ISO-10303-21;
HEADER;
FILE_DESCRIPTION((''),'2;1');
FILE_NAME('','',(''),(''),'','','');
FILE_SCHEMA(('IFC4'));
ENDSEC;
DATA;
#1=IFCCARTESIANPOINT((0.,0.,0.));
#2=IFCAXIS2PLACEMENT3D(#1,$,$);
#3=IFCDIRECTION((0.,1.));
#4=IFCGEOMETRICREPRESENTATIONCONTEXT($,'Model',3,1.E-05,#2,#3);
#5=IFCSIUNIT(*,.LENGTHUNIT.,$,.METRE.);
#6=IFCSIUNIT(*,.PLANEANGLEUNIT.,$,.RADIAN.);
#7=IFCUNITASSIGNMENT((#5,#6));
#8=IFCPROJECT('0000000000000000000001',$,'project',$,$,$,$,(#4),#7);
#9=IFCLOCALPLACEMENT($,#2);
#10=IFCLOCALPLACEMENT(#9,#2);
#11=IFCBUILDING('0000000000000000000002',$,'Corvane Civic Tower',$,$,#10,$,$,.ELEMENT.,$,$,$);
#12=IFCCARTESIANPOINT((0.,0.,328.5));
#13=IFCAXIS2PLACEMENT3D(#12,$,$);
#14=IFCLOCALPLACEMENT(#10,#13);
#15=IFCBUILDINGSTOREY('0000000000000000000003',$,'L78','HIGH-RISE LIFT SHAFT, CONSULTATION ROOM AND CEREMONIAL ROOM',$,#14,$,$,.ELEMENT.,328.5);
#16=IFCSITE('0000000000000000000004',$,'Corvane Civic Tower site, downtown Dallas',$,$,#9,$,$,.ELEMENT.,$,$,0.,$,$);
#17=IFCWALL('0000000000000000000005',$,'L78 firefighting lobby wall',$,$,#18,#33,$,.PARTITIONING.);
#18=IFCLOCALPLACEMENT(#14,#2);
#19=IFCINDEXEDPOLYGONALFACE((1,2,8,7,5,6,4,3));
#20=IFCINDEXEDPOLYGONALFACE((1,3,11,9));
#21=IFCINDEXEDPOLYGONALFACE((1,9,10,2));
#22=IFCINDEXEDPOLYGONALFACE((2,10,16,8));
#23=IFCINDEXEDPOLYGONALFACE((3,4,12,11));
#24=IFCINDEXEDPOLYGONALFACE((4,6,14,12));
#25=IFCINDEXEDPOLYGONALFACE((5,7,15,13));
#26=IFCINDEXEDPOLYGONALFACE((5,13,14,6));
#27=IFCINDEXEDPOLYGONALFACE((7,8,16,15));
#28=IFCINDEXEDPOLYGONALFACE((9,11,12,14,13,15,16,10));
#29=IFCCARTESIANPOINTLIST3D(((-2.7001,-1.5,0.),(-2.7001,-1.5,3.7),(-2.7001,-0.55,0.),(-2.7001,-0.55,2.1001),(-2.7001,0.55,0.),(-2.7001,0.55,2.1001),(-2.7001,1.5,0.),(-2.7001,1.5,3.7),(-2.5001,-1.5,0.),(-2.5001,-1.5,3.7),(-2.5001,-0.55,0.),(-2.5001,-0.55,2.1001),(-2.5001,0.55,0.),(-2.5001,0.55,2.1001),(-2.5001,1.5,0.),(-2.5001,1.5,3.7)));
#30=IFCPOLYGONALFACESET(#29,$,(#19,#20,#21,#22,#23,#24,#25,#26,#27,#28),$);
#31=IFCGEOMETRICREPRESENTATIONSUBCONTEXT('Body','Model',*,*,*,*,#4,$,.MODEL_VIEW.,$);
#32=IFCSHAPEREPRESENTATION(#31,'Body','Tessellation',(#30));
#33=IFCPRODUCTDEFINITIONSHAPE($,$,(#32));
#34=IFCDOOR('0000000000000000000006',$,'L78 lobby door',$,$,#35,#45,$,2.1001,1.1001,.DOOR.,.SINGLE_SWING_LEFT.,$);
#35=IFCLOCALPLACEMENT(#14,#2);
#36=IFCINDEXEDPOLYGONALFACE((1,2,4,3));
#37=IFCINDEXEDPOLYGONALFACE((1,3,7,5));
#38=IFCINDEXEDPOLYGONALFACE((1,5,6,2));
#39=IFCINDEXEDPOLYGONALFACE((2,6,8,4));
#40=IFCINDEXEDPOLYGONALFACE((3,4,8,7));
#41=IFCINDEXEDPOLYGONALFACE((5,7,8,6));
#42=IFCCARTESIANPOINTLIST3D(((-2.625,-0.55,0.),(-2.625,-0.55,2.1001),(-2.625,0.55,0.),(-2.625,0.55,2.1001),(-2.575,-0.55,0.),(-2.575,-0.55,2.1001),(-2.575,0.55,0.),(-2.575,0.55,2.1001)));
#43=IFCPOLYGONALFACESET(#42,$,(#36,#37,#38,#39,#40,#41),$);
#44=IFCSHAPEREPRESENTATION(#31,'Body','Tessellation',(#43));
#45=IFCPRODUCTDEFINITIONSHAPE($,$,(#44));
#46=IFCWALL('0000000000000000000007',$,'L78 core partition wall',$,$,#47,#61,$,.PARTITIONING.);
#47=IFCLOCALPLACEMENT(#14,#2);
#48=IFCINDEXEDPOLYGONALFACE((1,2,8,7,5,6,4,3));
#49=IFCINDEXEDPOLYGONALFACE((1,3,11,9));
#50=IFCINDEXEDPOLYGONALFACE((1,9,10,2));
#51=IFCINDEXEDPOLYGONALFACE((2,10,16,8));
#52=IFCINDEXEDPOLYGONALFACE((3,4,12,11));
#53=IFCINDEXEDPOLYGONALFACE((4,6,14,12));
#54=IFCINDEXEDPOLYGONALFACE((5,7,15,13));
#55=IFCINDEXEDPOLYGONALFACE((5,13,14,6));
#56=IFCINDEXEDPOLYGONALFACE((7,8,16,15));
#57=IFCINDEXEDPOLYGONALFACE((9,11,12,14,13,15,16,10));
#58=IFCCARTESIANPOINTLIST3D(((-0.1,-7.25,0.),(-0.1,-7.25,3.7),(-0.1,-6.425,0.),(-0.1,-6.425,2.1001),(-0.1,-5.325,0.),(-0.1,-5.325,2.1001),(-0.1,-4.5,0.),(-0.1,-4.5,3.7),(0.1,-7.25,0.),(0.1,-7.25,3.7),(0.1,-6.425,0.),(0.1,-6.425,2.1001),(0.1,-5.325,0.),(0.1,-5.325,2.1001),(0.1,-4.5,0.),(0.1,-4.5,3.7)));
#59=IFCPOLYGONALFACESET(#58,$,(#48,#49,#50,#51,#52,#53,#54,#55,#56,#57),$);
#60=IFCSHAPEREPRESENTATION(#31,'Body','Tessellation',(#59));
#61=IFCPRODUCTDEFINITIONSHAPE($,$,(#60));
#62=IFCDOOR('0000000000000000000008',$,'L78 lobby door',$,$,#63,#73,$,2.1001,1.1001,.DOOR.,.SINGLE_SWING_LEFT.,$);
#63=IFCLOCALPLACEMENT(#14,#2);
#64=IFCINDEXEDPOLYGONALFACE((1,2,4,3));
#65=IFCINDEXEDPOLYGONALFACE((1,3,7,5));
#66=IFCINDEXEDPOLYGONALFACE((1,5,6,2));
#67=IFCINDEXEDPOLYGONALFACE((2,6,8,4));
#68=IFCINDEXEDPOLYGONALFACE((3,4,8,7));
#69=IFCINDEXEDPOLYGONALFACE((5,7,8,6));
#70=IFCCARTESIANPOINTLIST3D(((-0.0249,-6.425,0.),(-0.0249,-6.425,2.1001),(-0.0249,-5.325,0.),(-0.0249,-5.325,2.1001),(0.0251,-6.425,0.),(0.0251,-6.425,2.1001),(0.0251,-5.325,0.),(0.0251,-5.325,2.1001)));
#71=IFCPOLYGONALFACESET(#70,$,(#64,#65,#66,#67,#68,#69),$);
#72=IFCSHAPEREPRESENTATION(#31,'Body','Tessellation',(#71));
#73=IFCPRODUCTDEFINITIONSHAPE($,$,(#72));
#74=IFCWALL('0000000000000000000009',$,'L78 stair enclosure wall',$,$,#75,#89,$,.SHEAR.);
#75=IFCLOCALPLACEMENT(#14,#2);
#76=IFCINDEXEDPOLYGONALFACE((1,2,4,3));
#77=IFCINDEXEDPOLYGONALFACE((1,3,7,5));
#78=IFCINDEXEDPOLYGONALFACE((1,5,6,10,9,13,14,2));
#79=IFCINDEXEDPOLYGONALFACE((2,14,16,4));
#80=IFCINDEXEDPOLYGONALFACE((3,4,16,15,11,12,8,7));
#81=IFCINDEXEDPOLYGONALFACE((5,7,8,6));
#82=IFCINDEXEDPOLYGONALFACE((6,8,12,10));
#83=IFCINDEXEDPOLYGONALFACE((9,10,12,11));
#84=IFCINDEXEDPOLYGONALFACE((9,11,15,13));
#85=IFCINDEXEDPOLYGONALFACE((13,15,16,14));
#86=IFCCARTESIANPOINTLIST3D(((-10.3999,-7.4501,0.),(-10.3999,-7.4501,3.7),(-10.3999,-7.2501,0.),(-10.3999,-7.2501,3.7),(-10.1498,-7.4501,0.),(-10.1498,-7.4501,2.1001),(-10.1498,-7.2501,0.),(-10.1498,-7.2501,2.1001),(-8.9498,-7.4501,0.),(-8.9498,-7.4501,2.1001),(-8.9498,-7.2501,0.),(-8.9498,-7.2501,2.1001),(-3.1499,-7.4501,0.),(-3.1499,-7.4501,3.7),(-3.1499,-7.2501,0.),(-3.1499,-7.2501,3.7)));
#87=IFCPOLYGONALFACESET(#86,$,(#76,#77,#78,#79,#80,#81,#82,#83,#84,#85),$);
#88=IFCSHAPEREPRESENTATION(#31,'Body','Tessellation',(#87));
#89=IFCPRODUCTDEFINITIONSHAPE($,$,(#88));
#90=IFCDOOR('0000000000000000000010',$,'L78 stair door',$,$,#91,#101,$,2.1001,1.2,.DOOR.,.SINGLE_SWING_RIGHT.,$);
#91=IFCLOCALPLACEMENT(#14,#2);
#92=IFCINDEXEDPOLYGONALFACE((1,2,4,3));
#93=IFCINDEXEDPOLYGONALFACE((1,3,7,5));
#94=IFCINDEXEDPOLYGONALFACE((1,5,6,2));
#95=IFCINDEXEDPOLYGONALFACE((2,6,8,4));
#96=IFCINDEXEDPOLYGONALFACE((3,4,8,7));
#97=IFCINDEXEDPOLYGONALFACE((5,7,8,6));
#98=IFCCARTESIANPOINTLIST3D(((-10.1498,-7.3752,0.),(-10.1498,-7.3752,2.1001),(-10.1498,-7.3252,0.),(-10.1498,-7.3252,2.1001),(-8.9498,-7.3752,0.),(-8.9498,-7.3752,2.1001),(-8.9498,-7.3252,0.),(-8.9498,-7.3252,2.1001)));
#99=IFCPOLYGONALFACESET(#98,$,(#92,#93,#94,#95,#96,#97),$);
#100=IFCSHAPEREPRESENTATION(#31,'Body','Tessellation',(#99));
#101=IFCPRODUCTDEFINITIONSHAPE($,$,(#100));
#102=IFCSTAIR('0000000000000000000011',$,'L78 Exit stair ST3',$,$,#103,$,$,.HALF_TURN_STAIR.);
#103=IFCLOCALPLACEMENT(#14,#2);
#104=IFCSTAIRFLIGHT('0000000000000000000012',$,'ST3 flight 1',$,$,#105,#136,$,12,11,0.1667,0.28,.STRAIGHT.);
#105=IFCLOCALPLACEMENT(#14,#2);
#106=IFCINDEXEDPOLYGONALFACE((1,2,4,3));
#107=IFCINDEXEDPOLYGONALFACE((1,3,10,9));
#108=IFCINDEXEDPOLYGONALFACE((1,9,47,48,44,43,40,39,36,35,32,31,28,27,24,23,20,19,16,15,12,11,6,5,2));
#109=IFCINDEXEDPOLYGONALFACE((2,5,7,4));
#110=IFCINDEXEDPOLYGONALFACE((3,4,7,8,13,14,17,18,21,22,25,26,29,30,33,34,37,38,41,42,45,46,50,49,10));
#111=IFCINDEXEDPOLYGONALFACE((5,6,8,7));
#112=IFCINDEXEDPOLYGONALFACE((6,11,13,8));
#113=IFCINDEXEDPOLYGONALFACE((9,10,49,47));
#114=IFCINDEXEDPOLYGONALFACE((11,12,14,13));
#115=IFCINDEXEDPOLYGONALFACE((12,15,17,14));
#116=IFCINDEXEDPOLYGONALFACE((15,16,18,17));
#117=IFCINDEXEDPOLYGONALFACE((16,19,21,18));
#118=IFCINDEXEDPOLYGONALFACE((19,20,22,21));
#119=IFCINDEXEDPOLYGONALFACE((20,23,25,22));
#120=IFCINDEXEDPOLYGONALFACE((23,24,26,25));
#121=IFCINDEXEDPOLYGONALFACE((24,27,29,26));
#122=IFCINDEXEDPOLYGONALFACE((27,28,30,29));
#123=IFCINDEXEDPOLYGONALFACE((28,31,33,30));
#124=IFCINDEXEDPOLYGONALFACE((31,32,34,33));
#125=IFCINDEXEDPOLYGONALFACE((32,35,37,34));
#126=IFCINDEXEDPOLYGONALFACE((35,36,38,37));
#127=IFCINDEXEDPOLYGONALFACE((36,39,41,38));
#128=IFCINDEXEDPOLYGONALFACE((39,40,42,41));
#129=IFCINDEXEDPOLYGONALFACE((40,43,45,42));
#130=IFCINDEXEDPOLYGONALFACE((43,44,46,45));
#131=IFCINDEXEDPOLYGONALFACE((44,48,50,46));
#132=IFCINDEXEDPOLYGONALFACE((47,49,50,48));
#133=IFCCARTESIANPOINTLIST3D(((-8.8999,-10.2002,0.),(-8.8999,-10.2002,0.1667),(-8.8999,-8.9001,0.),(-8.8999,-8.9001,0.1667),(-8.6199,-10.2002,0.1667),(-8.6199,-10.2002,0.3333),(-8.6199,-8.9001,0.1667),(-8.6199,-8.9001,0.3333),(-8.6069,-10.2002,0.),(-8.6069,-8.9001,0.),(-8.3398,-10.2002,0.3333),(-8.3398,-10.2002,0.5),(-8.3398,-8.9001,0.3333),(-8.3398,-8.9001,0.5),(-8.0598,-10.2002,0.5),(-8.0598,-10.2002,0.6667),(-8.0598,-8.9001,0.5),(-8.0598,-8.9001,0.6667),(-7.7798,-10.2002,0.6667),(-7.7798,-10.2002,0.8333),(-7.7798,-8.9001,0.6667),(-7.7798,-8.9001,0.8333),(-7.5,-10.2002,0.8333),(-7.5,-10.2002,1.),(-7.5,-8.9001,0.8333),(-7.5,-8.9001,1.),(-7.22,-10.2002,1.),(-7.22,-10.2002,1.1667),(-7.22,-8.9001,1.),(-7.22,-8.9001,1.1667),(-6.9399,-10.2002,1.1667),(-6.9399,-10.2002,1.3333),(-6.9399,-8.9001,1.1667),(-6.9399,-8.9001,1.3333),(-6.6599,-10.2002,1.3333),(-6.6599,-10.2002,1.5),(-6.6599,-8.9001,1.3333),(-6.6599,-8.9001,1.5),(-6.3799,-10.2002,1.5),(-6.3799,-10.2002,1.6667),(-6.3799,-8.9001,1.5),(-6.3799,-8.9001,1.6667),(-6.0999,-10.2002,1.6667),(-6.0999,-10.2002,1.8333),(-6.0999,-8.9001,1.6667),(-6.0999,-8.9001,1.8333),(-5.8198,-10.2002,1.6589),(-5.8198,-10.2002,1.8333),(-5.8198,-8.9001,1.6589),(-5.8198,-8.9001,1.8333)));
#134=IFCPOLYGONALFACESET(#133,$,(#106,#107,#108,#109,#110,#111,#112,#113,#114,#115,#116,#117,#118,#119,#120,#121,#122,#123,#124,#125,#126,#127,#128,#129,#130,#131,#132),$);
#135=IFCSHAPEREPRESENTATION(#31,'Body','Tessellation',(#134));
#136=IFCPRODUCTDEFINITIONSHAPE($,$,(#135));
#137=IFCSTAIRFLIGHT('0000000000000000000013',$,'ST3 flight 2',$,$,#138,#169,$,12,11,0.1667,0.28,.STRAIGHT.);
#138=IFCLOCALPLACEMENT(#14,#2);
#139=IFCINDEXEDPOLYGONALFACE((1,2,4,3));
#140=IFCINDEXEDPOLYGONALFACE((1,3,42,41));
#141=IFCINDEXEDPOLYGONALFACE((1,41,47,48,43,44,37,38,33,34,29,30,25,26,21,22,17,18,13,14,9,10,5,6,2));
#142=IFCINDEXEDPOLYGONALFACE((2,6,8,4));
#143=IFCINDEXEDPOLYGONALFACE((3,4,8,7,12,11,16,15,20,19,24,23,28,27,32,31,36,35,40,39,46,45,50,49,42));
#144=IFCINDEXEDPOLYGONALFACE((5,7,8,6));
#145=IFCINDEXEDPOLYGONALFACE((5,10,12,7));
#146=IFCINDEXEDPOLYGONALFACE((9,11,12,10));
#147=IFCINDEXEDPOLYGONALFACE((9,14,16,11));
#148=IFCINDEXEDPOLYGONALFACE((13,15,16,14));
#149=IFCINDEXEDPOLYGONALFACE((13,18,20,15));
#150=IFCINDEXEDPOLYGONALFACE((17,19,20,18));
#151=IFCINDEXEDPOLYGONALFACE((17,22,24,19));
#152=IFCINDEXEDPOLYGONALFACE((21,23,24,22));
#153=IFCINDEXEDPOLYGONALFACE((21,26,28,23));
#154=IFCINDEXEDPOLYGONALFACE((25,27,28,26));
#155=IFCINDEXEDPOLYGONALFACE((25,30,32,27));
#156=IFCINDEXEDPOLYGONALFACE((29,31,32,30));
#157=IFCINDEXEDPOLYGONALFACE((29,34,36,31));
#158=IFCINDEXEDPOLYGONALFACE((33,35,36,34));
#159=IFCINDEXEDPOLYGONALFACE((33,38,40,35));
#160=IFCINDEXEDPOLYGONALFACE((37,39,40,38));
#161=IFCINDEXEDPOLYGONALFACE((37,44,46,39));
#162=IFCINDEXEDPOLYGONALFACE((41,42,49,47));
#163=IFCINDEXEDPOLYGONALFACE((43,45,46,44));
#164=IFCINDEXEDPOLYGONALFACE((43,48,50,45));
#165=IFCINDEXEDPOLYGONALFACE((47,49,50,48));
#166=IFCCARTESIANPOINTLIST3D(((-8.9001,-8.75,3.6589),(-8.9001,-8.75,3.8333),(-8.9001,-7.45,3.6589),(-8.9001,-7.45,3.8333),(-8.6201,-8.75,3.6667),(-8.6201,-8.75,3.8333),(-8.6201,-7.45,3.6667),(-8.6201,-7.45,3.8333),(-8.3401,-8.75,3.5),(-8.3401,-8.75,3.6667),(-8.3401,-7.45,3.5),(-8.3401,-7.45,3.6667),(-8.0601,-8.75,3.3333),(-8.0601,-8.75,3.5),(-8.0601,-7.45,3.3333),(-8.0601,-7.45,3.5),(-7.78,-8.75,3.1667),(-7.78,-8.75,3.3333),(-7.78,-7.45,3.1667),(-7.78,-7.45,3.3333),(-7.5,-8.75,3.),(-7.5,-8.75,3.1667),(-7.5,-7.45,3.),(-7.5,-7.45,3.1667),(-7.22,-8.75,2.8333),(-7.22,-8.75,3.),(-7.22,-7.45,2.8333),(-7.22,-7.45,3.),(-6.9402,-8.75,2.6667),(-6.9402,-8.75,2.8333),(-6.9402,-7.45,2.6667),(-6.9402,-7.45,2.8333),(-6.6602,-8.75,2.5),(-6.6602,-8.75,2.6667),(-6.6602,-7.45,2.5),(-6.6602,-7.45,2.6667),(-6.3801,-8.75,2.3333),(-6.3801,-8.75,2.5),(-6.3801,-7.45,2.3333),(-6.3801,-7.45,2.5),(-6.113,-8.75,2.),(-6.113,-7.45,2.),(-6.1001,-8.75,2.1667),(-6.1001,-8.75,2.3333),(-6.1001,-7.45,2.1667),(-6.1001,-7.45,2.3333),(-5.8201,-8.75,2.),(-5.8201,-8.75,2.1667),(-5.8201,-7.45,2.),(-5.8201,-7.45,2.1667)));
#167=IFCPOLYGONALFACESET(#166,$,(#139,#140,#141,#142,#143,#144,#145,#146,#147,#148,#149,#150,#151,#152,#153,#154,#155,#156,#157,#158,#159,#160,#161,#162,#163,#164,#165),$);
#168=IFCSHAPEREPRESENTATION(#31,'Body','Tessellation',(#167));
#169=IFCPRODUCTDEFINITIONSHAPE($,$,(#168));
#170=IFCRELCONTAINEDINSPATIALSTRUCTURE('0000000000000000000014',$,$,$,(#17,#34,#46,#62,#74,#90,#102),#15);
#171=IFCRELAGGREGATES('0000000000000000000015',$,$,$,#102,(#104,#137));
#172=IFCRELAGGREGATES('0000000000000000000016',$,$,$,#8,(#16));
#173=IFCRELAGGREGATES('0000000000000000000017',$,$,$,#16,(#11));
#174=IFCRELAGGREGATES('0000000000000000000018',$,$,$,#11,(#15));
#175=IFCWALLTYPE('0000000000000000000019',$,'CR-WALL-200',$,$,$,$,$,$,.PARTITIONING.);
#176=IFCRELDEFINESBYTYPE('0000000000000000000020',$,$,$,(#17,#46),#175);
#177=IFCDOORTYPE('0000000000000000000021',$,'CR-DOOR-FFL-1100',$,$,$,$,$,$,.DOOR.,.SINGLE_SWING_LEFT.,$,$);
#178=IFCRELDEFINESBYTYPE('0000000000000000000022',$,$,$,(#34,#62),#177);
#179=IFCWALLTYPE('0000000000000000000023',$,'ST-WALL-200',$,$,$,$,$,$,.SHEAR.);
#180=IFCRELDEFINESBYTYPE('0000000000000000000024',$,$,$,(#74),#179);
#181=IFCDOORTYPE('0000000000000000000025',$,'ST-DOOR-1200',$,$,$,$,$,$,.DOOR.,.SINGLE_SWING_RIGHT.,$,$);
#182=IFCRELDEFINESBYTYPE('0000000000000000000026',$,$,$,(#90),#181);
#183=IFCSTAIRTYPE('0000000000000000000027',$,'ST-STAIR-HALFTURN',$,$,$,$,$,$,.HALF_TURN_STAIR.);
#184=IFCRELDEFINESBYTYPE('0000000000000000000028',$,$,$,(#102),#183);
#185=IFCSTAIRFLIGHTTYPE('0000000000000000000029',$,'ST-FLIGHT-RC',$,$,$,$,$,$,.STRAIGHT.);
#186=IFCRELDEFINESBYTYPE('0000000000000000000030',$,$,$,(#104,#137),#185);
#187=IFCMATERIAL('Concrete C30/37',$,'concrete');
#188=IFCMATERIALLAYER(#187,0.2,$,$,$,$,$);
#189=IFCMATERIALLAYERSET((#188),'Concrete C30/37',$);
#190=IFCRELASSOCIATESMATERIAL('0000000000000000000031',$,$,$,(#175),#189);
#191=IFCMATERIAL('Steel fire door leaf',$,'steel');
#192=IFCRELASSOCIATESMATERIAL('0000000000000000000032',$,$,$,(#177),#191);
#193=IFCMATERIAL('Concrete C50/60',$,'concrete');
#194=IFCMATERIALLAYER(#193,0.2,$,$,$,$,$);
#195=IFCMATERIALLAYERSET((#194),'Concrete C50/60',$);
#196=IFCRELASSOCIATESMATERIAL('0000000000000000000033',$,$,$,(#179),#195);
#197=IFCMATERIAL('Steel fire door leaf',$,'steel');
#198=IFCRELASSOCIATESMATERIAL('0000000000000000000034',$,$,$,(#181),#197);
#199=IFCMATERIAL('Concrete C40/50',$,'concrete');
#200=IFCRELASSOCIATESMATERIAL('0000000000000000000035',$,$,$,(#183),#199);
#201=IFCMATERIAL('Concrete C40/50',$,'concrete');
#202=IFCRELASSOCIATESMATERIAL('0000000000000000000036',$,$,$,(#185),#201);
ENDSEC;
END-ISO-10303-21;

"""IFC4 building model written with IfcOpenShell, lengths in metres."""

from ifc_helpers import new_model, si_unit, direction, frame, frame_2d, origin, place, context, subcontext, project, spatial, polyline, rectangle, outline, extrude, material, layer, layer_set, type_object, element, fill, aggregate, save


model = new_model("IFC4")

# Units and contexts
model_context = context("Model", 3, precision=1e-05, world=origin(), true_north=direction((0.0, 1.0)))
body_context = subcontext(model_context, "Body", "Model", "MODEL_VIEW")
ifc_project = project(units=[si_unit("LENGTHUNIT", "METRE"), si_unit("PLANEANGLEUNIT", "RADIAN")], contexts=[model_context])

# Site, building, storey
site_placement = place(None, origin())
site = spatial("IfcSite", under=ifc_project, at=site_placement, Name="Corvane Civic Tower site, downtown Dallas", CompositionType="ELEMENT", RefElevation=0.0)
building_placement = place(site_placement, origin())
building = spatial("IfcBuilding", under=site, at=building_placement, Name="Corvane Civic Tower", CompositionType="ELEMENT")
storey_placement = place(building_placement, frame((0.0, 0.0, 328.5)))
storey = spatial("IfcBuildingStorey", under=building, at=storey_placement, Name="L78", Description="HIGH-RISE LIFT SHAFT, CONSULTATION ROOM AND CEREMONIAL ROOM", CompositionType="ELEMENT", Elevation=328.5)

# Shared definitions
ifc_material_1 = material(Name="Concrete C30/37", Category="concrete")
ifc_layer_1 = layer(ifc_material_1, 0.2)
ifc_layer_set_1 = layer_set([ifc_layer_1], Name="Concrete C30/37")
wall_type_1 = type_object("IfcWallType", Name="CR-WALL-200", PredefinedType="PARTITIONING", material=ifc_layer_set_1)

# Walls, openings, doors
wall_1_placement = place(storey_placement, frame((-2.6001, -1.5, 0.0), z_axis=(0.0, 0.0, 1.0), x_axis=(0.0, 1.0, 0.0)))
wall_1 = element("IfcWall", 1, at=wall_1_placement, inside=storey, type_object=wall_type_1, Name="L78 firefighting lobby wall", PredefinedType="PARTITIONING", context=body_context, shape_type="SweptSolid", body=[
    extrude(rectangle(XDim=3.0, YDim=0.2, at=frame_2d((1.5, 0.0))), origin(), (0.0, 0.0, 1.0), 3.7),
])
opening_1_placement = place(wall_1_placement, frame((0.95, 0.0, 0.0)))
opening_1 = element("IfcOpeningElement", 2, at=opening_1_placement, cuts=wall_1, PredefinedType="OPENING", context=body_context, shape_type="SweptSolid", body=[
    extrude(rectangle(XDim=1.1001, YDim=2.1001, at=frame_2d((0.55, 1.05))), frame((0.0, 0.1099, 0.0), z_axis=(0.0, -1.0, 0.0), x_axis=(1.0, 0.0, 0.0)), (0.0, 0.0, 1.0), 0.22),
])
ifc_material_2 = material(Name="Steel fire door leaf", Category="steel")
door_type_1 = type_object("IfcDoorType", Name="CR-DOOR-FFL-1100", OperationType="SINGLE_SWING_LEFT", PredefinedType="DOOR", material=ifc_material_2)
door_1_placement = place(opening_1_placement, origin())
door_1 = element("IfcDoor", 3, at=door_1_placement, inside=storey, type_object=door_type_1, Name="L78 lobby door", OperationType="SINGLE_SWING_LEFT", OverallHeight=2.1001, OverallWidth=1.1001, PredefinedType="DOOR", context=body_context, shape_type="SweptSolid", body=[
    extrude(rectangle(XDim=1.1001, YDim=2.1001, at=frame_2d((0.55, 1.05))), frame((0.0, 0.0249, 0.0), z_axis=(0.0, -1.0, 0.0), x_axis=(1.0, 0.0, 0.0)), (0.0, 0.0, 1.0), 0.05),
])
fill(opening_1, door_1)
wall_2_placement = place(storey_placement, frame((0.0, -7.25, 0.0), z_axis=(0.0, 0.0, 1.0), x_axis=(0.0, 1.0, 0.0)))
wall_2 = element("IfcWall", 4, at=wall_2_placement, inside=storey, type_object=wall_type_1, Name="L78 core partition wall", PredefinedType="PARTITIONING", context=body_context, shape_type="SweptSolid", body=[
    extrude(rectangle(XDim=2.75, YDim=0.2, at=frame_2d((1.375, 0.0))), origin(), (0.0, 0.0, 1.0), 3.7),
])
opening_2_placement = place(wall_2_placement, frame((0.825, 0.0, 0.0)))
opening_2 = element("IfcOpeningElement", 5, at=opening_2_placement, cuts=wall_2, PredefinedType="OPENING", context=body_context, shape_type="SweptSolid", body=[
    extrude(rectangle(XDim=1.1001, YDim=2.1001, at=frame_2d((0.55, 1.05))), frame((0.0, 0.1099, 0.0), z_axis=(0.0, -1.0, 0.0), x_axis=(1.0, 0.0, 0.0)), (0.0, 0.0, 1.0), 0.22),
])
door_2_placement = place(opening_2_placement, origin())
door_2 = element("IfcDoor", 6, at=door_2_placement, inside=storey, type_object=door_type_1, Name="L78 lobby door", OperationType="SINGLE_SWING_LEFT", OverallHeight=2.1001, OverallWidth=1.1001, PredefinedType="DOOR", context=body_context, shape_type="SweptSolid", body=[
    extrude(rectangle(XDim=1.1001, YDim=2.1001, at=frame_2d((0.55, 1.05))), frame((0.0, 0.0249, 0.0), z_axis=(0.0, -1.0, 0.0), x_axis=(1.0, 0.0, 0.0)), (0.0, 0.0, 1.0), 0.05),
])
fill(opening_2, door_2)
ifc_material_3 = material(Name="Concrete C50/60", Category="concrete")
ifc_layer_2 = layer(ifc_material_3, 0.2)
ifc_layer_set_2 = layer_set([ifc_layer_2], Name="Concrete C50/60")
wall_type_2 = type_object("IfcWallType", Name="ST-WALL-200", PredefinedType="SHEAR", material=ifc_layer_set_2)
wall_3_placement = place(storey_placement, frame((-10.3999, -7.3501, 0.0), z_axis=(0.0, 0.0, 1.0), x_axis=(1.0, 0.0, 0.0)))
wall_3 = element("IfcWall", 7, at=wall_3_placement, inside=storey, type_object=wall_type_2, Name="L78 stair enclosure wall", PredefinedType="SHEAR", context=body_context, shape_type="SweptSolid", body=[
    extrude(rectangle(XDim=7.25, YDim=0.2, at=frame_2d((3.625, 0.0))), origin(), (0.0, 0.0, 1.0), 3.7),
])
opening_3_placement = place(wall_3_placement, frame((0.25, 0.0, 0.0)))
opening_3 = element("IfcOpeningElement", 8, at=opening_3_placement, cuts=wall_3, PredefinedType="OPENING", context=body_context, shape_type="SweptSolid", body=[
    extrude(rectangle(XDim=1.2, YDim=2.1001, at=frame_2d((0.6001, 1.05))), frame((0.0, 0.1099, 0.0), z_axis=(0.0, -1.0, 0.0), x_axis=(1.0, 0.0, 0.0)), (0.0, 0.0, 1.0), 0.22),
])
ifc_material_4 = material(Name="Steel fire door leaf", Category="steel")
door_type_2 = type_object("IfcDoorType", Name="ST-DOOR-1200", OperationType="SINGLE_SWING_RIGHT", PredefinedType="DOOR", material=ifc_material_4)
door_3_placement = place(opening_3_placement, origin())
door_3 = element("IfcDoor", 9, at=door_3_placement, inside=storey, type_object=door_type_2, Name="L78 stair door", OperationType="SINGLE_SWING_RIGHT", OverallHeight=2.1001, OverallWidth=1.2, PredefinedType="DOOR", context=body_context, shape_type="SweptSolid", body=[
    extrude(rectangle(XDim=1.2, YDim=2.1001, at=frame_2d((0.6001, 1.05))), frame((0.0, 0.0249, 0.0), z_axis=(0.0, -1.0, 0.0), x_axis=(1.0, 0.0, 0.0)), (0.0, 0.0, 1.0), 0.05),
])
fill(opening_3, door_3)

# Stair, stair flights
ifc_material_5 = material(Name="Concrete C40/50", Category="concrete")
stair_type = type_object("IfcStairType", Name="ST-STAIR-HALFTURN", PredefinedType="HALF_TURN_STAIR", material=ifc_material_5)
stair_placement = place(storey_placement, origin())
stair = element("IfcStair", 10, at=stair_placement, inside=storey, type_object=stair_type, Name="L78 Exit stair ST3", PredefinedType="HALF_TURN_STAIR")
ifc_material_6 = material(Name="Concrete C40/50", Category="concrete")
stair_flight_type = type_object("IfcStairFlightType", Name="ST-FLIGHT-RC", PredefinedType="STRAIGHT", material=ifc_material_6)
stair_flight_1_placement = place(storey_placement, frame((-8.8999, -9.55, 0.0), z_axis=(0.0, 0.0, 1.0), x_axis=(1.0, 0.0, 0.0)))
stair_flight_1 = element("IfcStairFlight", 11, at=stair_flight_1_placement, type_object=stair_flight_type, Name="ST3 flight 1", NumberOfRisers=12, NumberOfTreads=11, PredefinedType="STRAIGHT", RiserHeight=0.1667, TreadLength=0.28, context=body_context, shape_type="SweptSolid", body=[
    extrude(outline(polyline([(0.0, 0.0), (0.0, 0.1667), (0.28, 0.1667), (0.28, 0.3333), (0.5601, 0.3333), (0.5601, 0.5), (0.8401, 0.5), (0.8401, 0.6667), (1.1201, 0.6667), (1.1201, 0.8333), (1.3999, 0.8333), (1.3999, 1.0), (1.6799, 1.0), (1.6799, 1.1667), (1.96, 1.1667), (1.96, 1.3333), (2.24, 1.3333), (2.24, 1.5), (2.52, 1.5), (2.52, 1.6667), (2.8, 1.6667), (2.8, 1.8333), (3.0801, 1.8333), (3.0801, 2.0), (3.0801, 1.6589), (0.293, 0.0), (0.0, 0.0)])), frame((0.0, 0.6499, 0.0), z_axis=(0.0, -1.0, 0.0), x_axis=(1.0, 0.0, 0.0)), (0.0, 0.0, 1.0), 1.3),
])
stair_flight_2_placement = place(storey_placement, frame((-5.8201, -8.1001, 2.0), z_axis=(0.0, 0.0, 1.0), x_axis=(-1.0, 0.0, 0.0)))
stair_flight_2 = element("IfcStairFlight", 12, at=stair_flight_2_placement, type_object=stair_flight_type, Name="ST3 flight 2", NumberOfRisers=12, NumberOfTreads=11, PredefinedType="STRAIGHT", RiserHeight=0.1667, TreadLength=0.28, context=body_context, shape_type="SweptSolid", body=[
    extrude(outline(polyline([(0.0, 0.0), (0.0, 0.1667), (0.28, 0.1667), (0.28, 0.3333), (0.5601, 0.3333), (0.5601, 0.5), (0.8401, 0.5), (0.8401, 0.6667), (1.1201, 0.6667), (1.1201, 0.8333), (1.3999, 0.8333), (1.3999, 1.0), (1.6799, 1.0), (1.6799, 1.1667), (1.96, 1.1667), (1.96, 1.3333), (2.24, 1.3333), (2.24, 1.5), (2.52, 1.5), (2.52, 1.6667), (2.8, 1.6667), (2.8, 1.8333), (3.0801, 1.8333), (3.0801, 2.0), (3.0801, 1.6589), (0.293, 0.0), (0.0, 0.0)])), frame((0.0, 0.6499, 0.0), z_axis=(0.0, -1.0, 0.0), x_axis=(1.0, 0.0, 0.0)), (0.0, 0.0, 1.0), 1.3),
])
aggregate(stair, [stair_flight_1, stair_flight_2])

save(model, "model.ifc")
